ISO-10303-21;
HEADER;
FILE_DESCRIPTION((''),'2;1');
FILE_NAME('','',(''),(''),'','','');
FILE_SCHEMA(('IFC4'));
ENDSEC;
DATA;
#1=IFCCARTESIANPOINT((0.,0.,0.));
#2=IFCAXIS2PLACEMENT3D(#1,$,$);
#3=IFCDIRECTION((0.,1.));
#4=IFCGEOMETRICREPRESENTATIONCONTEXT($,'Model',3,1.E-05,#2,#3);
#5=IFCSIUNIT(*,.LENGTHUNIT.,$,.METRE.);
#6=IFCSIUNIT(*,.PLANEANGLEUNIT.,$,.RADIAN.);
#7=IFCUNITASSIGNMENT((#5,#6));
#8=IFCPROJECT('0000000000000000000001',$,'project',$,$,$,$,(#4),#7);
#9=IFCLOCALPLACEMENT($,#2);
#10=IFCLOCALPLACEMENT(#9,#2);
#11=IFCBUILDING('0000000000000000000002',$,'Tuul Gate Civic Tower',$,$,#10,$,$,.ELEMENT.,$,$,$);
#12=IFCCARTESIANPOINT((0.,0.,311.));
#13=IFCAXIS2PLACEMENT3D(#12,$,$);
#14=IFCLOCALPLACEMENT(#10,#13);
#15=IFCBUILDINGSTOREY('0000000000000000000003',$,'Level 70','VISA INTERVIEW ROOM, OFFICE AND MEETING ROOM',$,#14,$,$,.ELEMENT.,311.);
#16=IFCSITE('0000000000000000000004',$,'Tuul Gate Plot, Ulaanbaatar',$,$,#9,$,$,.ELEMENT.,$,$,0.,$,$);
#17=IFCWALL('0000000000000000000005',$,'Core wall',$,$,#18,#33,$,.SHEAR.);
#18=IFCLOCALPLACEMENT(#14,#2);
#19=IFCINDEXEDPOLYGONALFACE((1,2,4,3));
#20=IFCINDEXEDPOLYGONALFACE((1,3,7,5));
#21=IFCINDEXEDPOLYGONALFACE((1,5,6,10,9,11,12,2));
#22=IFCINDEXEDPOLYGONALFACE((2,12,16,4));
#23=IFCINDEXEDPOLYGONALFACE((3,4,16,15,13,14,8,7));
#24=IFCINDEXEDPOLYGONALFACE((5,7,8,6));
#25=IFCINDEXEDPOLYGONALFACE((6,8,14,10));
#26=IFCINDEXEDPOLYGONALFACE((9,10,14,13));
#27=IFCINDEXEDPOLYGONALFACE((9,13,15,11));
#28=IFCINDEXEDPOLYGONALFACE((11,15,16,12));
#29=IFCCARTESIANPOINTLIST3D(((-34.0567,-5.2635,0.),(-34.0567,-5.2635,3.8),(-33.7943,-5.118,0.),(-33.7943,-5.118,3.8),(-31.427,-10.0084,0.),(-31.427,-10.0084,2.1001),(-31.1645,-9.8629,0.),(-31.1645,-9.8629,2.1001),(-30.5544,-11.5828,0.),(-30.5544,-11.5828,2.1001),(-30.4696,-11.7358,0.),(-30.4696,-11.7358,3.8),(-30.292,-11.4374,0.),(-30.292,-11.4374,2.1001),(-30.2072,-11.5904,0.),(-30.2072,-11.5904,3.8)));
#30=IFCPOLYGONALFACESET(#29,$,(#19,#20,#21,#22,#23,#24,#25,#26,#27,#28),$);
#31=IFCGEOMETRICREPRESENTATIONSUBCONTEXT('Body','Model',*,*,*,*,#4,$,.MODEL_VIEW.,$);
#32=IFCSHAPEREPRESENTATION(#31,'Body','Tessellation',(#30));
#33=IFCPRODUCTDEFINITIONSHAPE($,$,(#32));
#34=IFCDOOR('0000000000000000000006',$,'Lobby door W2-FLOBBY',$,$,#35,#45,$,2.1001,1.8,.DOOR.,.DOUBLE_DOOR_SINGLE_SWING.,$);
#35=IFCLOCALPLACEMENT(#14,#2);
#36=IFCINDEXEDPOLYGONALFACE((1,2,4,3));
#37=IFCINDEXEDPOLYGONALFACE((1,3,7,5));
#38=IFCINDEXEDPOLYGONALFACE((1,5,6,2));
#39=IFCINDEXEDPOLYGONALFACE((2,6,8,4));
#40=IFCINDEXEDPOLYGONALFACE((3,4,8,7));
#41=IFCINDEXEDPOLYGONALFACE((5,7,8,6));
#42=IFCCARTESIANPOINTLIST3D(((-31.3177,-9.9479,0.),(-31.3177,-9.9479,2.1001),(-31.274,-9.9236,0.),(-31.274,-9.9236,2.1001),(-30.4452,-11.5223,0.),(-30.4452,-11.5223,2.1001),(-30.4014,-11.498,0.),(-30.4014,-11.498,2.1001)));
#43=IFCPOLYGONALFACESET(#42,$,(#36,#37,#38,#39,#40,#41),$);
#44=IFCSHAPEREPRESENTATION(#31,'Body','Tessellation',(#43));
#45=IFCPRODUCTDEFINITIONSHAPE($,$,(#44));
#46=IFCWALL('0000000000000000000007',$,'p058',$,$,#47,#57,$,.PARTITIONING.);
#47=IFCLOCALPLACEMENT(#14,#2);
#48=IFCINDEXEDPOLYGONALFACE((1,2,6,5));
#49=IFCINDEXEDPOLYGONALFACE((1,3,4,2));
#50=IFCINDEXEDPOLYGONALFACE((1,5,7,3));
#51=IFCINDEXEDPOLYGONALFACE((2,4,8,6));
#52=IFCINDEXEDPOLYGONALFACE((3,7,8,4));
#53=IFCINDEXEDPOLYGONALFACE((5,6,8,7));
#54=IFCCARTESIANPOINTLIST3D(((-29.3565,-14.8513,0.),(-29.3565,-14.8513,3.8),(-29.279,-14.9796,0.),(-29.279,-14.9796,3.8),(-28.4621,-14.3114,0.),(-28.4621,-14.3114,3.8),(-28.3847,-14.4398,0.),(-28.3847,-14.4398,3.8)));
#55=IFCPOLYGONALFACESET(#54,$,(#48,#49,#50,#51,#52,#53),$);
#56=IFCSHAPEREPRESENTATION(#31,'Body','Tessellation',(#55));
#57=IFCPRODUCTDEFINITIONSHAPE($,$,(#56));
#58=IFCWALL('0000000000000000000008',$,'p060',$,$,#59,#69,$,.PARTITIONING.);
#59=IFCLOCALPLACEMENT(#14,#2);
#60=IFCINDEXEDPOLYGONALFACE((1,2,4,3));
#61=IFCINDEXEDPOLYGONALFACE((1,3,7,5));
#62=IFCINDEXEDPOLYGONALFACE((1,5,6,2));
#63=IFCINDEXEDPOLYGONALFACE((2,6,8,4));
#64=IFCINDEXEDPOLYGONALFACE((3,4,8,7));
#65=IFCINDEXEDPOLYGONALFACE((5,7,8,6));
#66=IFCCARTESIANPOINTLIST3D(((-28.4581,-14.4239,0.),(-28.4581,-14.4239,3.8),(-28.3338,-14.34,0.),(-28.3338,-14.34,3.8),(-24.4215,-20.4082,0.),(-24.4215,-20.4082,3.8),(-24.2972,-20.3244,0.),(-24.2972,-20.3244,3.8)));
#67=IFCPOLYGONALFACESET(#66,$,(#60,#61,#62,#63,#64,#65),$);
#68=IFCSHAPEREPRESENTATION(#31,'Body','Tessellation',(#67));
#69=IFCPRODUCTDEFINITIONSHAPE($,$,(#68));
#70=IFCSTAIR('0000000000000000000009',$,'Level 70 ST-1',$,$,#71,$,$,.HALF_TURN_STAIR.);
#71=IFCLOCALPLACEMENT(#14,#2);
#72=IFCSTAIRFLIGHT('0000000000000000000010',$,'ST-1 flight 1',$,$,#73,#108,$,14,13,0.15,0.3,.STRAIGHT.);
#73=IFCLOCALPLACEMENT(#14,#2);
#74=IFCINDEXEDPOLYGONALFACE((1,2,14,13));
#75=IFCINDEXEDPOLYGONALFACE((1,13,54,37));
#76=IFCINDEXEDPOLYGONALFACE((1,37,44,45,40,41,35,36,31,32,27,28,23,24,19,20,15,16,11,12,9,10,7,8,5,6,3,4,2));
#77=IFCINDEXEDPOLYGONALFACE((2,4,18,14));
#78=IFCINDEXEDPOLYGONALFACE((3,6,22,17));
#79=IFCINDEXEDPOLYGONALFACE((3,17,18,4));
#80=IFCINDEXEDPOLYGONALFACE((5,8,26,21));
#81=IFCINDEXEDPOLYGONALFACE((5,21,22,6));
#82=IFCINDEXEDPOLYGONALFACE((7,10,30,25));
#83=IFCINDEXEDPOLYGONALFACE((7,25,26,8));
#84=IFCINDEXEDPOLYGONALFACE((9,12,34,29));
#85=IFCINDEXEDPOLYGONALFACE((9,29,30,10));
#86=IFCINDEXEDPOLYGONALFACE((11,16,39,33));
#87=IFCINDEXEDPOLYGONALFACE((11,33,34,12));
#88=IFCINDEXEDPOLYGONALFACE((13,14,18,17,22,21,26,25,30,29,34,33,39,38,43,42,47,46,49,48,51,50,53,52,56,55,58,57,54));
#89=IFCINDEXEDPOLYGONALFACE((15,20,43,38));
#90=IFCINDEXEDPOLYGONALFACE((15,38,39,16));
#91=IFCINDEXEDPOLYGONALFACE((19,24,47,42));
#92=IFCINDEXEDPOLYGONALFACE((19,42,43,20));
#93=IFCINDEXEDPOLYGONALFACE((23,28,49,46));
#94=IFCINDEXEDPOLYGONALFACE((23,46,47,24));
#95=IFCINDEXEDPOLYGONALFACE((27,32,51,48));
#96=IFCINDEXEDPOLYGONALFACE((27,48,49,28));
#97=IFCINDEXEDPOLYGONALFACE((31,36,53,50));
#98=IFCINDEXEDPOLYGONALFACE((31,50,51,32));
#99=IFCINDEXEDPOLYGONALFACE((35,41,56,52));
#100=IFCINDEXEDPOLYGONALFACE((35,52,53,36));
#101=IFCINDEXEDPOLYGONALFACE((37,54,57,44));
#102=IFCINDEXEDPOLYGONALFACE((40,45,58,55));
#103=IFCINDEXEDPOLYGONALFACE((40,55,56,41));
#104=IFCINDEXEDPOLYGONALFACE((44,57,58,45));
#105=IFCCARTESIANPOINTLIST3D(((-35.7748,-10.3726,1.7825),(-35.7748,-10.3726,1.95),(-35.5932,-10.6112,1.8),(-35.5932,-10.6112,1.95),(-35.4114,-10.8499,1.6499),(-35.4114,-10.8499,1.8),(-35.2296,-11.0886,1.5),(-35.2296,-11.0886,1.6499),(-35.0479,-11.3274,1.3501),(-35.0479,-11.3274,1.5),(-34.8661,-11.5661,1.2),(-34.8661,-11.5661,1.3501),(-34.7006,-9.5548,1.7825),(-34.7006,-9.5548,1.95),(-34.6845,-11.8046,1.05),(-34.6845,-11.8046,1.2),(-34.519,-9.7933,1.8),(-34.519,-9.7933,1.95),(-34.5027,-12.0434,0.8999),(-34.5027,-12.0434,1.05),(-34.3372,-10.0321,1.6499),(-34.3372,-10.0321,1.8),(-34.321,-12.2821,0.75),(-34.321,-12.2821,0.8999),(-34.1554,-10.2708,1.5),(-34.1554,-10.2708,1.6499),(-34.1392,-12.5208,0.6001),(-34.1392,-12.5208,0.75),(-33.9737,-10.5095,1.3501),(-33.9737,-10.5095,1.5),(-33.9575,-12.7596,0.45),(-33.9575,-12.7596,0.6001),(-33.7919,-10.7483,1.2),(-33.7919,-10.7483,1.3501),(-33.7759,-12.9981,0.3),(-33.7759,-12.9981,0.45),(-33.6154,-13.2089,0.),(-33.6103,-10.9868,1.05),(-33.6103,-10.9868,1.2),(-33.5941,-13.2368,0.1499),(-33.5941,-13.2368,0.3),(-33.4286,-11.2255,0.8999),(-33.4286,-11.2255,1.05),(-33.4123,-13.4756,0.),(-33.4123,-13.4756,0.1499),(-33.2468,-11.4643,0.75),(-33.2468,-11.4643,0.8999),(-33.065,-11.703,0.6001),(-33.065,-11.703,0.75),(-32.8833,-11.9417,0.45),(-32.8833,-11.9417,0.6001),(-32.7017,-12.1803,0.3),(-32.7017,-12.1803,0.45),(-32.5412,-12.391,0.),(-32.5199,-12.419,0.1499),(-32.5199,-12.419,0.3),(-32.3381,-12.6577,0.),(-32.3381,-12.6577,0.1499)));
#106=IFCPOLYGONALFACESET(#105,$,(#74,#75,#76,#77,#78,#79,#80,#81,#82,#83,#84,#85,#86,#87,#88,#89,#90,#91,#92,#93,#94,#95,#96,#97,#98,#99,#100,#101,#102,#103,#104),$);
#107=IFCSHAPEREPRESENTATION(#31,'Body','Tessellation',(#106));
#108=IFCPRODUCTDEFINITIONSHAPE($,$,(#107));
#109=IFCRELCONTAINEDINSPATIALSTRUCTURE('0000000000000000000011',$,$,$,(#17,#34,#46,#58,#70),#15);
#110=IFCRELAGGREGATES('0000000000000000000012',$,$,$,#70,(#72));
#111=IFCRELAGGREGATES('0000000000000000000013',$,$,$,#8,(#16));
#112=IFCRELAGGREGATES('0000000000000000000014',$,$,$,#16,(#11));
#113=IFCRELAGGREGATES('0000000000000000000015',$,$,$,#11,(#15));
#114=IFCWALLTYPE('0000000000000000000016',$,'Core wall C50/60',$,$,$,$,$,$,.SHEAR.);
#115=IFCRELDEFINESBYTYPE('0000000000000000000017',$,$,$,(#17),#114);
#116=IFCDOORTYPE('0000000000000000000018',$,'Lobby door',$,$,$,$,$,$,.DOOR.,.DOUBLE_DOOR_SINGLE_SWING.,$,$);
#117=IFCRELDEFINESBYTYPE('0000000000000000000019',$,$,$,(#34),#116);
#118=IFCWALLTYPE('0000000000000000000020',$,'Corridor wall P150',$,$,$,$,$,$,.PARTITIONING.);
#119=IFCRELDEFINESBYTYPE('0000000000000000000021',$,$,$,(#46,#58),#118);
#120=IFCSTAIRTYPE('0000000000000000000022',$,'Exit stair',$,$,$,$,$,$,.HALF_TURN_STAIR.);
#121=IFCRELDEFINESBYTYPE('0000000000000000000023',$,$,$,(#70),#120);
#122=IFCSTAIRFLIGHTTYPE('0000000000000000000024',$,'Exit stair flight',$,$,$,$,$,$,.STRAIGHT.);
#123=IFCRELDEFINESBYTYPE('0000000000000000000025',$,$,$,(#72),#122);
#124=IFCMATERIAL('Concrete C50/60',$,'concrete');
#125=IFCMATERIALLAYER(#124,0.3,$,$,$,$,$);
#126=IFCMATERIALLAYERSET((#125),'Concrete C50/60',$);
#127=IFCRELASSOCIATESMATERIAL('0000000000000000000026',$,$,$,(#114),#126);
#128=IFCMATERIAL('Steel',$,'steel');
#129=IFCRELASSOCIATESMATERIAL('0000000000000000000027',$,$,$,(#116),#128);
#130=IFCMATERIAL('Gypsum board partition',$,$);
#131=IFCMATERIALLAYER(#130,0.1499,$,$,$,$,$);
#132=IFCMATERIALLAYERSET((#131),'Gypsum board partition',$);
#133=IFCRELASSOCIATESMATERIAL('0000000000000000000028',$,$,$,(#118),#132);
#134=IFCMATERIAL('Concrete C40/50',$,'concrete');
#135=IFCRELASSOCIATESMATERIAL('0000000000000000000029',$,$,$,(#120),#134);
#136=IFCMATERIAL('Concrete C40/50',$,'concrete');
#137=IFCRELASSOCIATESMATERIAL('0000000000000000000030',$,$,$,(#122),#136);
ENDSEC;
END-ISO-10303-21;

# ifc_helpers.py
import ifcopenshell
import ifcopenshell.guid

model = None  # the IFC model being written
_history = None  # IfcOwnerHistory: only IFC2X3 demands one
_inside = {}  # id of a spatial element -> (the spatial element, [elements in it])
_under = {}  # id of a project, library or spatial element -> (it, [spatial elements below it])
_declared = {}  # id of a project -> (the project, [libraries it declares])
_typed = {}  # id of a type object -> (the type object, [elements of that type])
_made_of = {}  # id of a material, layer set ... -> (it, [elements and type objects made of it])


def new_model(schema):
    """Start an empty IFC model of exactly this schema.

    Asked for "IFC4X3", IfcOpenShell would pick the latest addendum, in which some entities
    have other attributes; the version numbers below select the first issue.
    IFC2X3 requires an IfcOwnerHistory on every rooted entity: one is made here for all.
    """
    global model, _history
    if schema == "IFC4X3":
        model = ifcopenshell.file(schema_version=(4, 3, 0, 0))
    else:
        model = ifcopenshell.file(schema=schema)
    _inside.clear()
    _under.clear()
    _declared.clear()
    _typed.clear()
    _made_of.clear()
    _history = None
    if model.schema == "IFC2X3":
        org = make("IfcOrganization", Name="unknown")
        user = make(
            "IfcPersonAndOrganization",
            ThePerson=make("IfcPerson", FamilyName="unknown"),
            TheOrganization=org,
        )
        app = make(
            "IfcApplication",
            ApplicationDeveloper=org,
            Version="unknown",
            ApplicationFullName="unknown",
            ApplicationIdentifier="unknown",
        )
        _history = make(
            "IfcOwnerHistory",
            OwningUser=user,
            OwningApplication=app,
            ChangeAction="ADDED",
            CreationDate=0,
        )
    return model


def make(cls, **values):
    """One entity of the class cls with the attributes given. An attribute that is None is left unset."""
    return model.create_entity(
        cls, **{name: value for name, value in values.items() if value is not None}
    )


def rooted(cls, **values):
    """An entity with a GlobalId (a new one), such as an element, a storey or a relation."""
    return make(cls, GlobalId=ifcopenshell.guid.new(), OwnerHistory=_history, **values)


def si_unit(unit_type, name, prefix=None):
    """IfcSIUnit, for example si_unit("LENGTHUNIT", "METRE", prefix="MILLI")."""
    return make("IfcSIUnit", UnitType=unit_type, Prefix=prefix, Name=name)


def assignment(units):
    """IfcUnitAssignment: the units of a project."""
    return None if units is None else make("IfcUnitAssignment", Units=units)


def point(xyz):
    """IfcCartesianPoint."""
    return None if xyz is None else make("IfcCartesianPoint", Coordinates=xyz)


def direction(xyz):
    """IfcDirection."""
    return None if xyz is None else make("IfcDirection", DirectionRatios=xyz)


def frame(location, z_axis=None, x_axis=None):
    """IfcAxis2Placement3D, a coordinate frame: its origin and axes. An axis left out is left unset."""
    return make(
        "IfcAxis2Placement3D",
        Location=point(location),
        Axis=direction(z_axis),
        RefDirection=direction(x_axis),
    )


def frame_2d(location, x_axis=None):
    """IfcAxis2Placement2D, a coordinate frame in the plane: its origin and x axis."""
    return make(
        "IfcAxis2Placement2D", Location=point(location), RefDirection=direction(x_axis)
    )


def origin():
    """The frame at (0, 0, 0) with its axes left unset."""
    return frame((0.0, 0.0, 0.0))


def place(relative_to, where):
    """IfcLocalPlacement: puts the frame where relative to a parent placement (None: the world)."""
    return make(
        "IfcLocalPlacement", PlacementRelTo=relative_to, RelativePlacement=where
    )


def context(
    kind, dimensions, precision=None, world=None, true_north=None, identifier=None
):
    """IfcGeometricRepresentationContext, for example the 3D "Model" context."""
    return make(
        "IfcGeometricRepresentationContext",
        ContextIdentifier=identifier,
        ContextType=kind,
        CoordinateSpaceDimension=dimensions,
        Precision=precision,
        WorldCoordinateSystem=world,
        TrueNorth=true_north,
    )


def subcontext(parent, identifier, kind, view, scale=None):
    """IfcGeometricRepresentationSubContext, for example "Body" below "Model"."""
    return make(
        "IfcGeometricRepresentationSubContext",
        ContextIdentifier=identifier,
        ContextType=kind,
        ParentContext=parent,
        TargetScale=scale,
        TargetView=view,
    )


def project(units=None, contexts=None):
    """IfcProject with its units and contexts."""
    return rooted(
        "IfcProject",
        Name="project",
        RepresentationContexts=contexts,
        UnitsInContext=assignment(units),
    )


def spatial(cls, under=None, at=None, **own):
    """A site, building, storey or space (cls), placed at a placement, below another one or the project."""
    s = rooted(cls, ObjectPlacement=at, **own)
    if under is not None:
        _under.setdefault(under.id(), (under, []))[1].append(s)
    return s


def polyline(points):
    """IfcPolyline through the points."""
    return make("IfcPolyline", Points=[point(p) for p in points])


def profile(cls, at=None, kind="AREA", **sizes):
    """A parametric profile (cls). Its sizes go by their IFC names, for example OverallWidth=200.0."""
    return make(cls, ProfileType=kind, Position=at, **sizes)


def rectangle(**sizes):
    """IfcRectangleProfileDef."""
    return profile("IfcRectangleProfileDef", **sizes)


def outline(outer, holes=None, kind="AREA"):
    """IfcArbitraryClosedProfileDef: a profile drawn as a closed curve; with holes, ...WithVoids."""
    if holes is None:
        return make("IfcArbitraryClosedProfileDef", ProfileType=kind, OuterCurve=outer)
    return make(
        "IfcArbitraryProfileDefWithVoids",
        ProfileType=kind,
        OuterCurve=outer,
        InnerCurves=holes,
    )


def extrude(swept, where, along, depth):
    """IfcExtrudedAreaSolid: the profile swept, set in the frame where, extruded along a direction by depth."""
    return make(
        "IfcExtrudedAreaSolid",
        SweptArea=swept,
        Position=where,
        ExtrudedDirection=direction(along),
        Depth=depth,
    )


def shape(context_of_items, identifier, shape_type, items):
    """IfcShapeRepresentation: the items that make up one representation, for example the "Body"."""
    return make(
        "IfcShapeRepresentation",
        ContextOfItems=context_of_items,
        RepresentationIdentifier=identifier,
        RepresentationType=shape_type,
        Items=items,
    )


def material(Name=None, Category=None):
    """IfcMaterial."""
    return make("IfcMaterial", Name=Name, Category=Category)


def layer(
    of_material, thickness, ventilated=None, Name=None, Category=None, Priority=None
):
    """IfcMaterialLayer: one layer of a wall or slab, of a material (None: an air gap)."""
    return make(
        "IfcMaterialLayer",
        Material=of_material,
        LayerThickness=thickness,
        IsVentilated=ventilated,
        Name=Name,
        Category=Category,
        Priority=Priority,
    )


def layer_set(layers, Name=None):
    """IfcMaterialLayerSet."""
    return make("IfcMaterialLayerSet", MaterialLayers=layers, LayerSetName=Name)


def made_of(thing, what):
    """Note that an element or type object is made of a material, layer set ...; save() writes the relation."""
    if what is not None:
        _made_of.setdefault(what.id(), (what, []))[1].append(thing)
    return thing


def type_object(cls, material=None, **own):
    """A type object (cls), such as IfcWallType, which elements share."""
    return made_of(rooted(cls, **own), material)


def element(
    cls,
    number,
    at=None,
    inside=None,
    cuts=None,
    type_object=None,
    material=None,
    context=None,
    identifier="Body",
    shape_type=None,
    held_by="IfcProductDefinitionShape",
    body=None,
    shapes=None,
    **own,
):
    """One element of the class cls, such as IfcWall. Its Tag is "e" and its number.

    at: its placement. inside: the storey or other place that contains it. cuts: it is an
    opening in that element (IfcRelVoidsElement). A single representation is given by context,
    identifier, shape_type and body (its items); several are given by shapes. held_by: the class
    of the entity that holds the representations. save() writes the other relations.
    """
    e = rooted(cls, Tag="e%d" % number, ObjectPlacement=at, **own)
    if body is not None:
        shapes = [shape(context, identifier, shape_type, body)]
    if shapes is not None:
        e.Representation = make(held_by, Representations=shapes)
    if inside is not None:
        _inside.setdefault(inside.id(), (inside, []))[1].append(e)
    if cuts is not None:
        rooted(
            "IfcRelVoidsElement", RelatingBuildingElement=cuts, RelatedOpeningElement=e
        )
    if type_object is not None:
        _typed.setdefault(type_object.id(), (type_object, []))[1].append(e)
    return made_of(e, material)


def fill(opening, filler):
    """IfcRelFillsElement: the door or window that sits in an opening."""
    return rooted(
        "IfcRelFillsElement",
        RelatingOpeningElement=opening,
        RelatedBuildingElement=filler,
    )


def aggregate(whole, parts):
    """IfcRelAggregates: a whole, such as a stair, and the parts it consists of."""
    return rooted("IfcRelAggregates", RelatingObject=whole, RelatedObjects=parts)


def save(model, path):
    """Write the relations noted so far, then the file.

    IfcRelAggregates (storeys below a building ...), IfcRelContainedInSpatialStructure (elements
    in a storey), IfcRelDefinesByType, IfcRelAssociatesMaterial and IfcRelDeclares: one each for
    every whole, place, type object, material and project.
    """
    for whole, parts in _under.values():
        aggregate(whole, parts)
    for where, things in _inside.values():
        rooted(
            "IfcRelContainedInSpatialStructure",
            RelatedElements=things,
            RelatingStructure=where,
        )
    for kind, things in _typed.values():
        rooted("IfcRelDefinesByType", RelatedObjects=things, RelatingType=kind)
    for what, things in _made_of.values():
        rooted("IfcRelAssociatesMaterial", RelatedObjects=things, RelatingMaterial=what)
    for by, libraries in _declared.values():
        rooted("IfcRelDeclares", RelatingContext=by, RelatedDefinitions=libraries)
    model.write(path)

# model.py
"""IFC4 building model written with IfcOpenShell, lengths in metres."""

from ifc_helpers import new_model, si_unit, direction, frame, frame_2d, origin, place, context, subcontext, project, spatial, polyline, rectangle, outline, extrude, material, layer, layer_set, type_object, element, fill, aggregate, save


model = new_model("IFC4")

# Units and contexts
model_context = context("Model", 3, precision=1e-05, world=origin(), true_north=direction((0.0, 1.0)))
body_context = subcontext(model_context, "Body", "Model", "MODEL_VIEW")
ifc_project = project(units=[si_unit("LENGTHUNIT", "METRE"), si_unit("PLANEANGLEUNIT", "RADIAN")], contexts=[model_context])

# Site, building, storey
site_placement = place(None, origin())
site = spatial("IfcSite", under=ifc_project, at=site_placement, Name="Tuul Gate Plot, Ulaanbaatar", CompositionType="ELEMENT", RefElevation=0.0)
building_placement = place(site_placement, origin())
building = spatial("IfcBuilding", under=site, at=building_placement, Name="Tuul Gate Civic Tower", CompositionType="ELEMENT")
storey_placement = place(building_placement, frame((0.0, 0.0, 311.0)))
storey = spatial("IfcBuildingStorey", under=building, at=storey_placement, Name="Level 70", Description="VISA INTERVIEW ROOM, OFFICE AND MEETING ROOM", CompositionType="ELEMENT", Elevation=311.0)

# Shared definitions
ifc_material_1 = material(Name="Concrete C50/60", Category="concrete")
ifc_layer_1 = layer(ifc_material_1, 0.3)
ifc_layer_set_1 = layer_set([ifc_layer_1], Name="Concrete C50/60")
wall_type_1 = type_object("IfcWallType", Name="Core wall C50/60", PredefinedType="SHEAR", material=ifc_layer_set_1)
ifc_material_2 = material(Name="Steel", Category="steel")
door_type_1 = type_object("IfcDoorType", Name="Lobby door", OperationType="DOUBLE_DOOR_SINGLE_SWING", PredefinedType="DOOR", material=ifc_material_2)

# Wall, opening, door
wall_1_placement = place(storey_placement, frame((-30.3384, -11.6631, 0.0), z_axis=(0.0, 0.0, 1.0), x_axis=(-0.484752, 0.874652, 0.0)))
wall_1 = element("IfcWall", 1, at=wall_1_placement, inside=storey, type_object=wall_type_1, Name="Core wall", PredefinedType="SHEAR", context=body_context, shape_type="SweptSolid", body=[
    extrude(rectangle(XDim=7.3999, YDim=0.3, at=frame_2d((3.7, 0.0))), origin(), (0.0, 0.0, 1.0), 3.8),
])
opening_1_placement = place(wall_1_placement, frame((0.175, 0.0, 0.0)))
opening_1 = element("IfcOpeningElement", 2, at=opening_1_placement, cuts=wall_1, PredefinedType="OPENING", context=body_context, shape_type="SweptSolid", body=[
    extrude(rectangle(XDim=1.8, YDim=2.1001, at=frame_2d((0.8999, 1.05))), frame((0.0, 0.1602, 0.0), z_axis=(0.0, -1.0, 0.0), x_axis=(1.0, 0.0, 0.0)), (0.0, 0.0, 1.0), 0.3201),
])
door_1_placement = place(opening_1_placement, frame((1.8, 0.0, 0.0), z_axis=(0.0, 0.0, 1.0), x_axis=(-1.0, 0.0, 0.0)))
door_1 = element("IfcDoor", 3, at=door_1_placement, inside=storey, type_object=door_type_1, Name="Lobby door W2-FLOBBY", OperationType="DOUBLE_DOOR_SINGLE_SWING", OverallHeight=2.1001, OverallWidth=1.8, PredefinedType="DOOR", context=body_context, shape_type="SweptSolid", body=[
    extrude(rectangle(XDim=1.8, YDim=2.1001, at=frame_2d((0.9001, 1.05))), frame((0.0, 0.0249, 0.0), z_axis=(0.0, -1.0, 0.0), x_axis=(1.0, 0.0, 0.0)), (0.0, 0.0, 1.0), 0.05),
])
fill(opening_1, door_1)

# Walls
ifc_material_3 = material(Name="Gypsum board partition")
ifc_layer_2 = layer(ifc_material_3, 0.1499)
ifc_layer_set_2 = layer_set([ifc_layer_2], Name="Gypsum board partition")
wall_type_2 = type_object("IfcWallType", Name="Corridor wall P150", PredefinedType="PARTITIONING", material=ifc_layer_set_2)
wall_2_placement = place(storey_placement, frame((-29.3179, -14.9155, 0.0), z_axis=(0.0, 0.0, 1.0), x_axis=(0.856129, 0.516762, 0.0)))
element("IfcWall", 4, at=wall_2_placement, inside=storey, type_object=wall_type_2, Name="p058", PredefinedType="PARTITIONING", context=body_context, shape_type="SweptSolid", body=[
    extrude(rectangle(XDim=1.0447, YDim=0.1499, at=frame_2d((0.5225, 0.0))), origin(), (0.0, 0.0, 1.0), 3.8),
])
wall_3_placement = place(storey_placement, frame((-28.396, -14.3818, 0.0), z_axis=(0.0, 0.0, 1.0), x_axis=(0.559203, -0.829031, 0.0)))
element("IfcWall", 5, at=wall_3_placement, inside=storey, type_object=wall_type_2, Name="p060", PredefinedType="PARTITIONING", context=body_context, shape_type="SweptSolid", body=[
    extrude(rectangle(XDim=7.2185, YDim=0.1499, at=frame_2d((3.6094, 0.0))), origin(), (0.0, 0.0, 1.0), 3.8),
])

# Stair, stair flight
ifc_material_4 = material(Name="Concrete C40/50", Category="concrete")
stair_type = type_object("IfcStairType", Name="Exit stair", PredefinedType="HALF_TURN_STAIR", material=ifc_material_4)
stair_placement = place(storey_placement, origin())
stair = element("IfcStair", 6, at=stair_placement, inside=storey, type_object=stair_type, Name="Level 70 ST-1", PredefinedType="HALF_TURN_STAIR")
ifc_material_5 = material(Name="Concrete C40/50", Category="concrete")
stair_flight_type = type_object("IfcStairFlightType", Name="Exit stair flight", PredefinedType="STRAIGHT", material=ifc_material_5)
stair_flight_placement = place(storey_placement, frame((-32.8752, -13.0667, 0.0), z_axis=(0.0, 0.0, 1.0), x_axis=(-0.605764, 0.795644, 0.0)))
stair_flight = element("IfcStairFlight", 7, at=stair_flight_placement, type_object=stair_flight_type, Name="ST-1 flight 1", NumberOfRisers=14, NumberOfTreads=13, PredefinedType="STRAIGHT", RiserHeight=0.15, TreadLength=0.3, context=body_context, shape_type="SweptSolid", body=[
    extrude(outline(polyline([(0.0, 0.0), (0.0, 0.1499), (0.3, 0.1499), (0.3, 0.3), (0.6001, 0.3), (0.6001, 0.45), (0.8999, 0.45), (0.8999, 0.6001), (1.2, 0.6001), (1.2, 0.75), (1.5, 0.75), (1.5, 0.8999), (1.8, 0.8999), (1.8, 1.05), (2.1001, 1.05), (2.1001, 1.2), (2.3999, 1.2), (2.3999, 1.3501), (2.7, 1.3501), (2.7, 1.5), (3.0, 1.5), (3.0, 1.6499), (3.3, 1.6499), (3.3, 1.8), (3.6001, 1.8), (3.6001, 1.95), (3.8999, 1.95), (3.8999, 2.1001), (3.8999, 1.7825), (0.3352, 0.0), (0.0, 0.0)])), frame((0.0, 0.675, 0.0), z_axis=(0.0, -1.0, 0.0), x_axis=(1.0, 0.0, 0.0)), (0.0, 0.0, 1.0), 1.3501),
])
aggregate(stair, [stair_flight])

save(model, "model.ifc")
